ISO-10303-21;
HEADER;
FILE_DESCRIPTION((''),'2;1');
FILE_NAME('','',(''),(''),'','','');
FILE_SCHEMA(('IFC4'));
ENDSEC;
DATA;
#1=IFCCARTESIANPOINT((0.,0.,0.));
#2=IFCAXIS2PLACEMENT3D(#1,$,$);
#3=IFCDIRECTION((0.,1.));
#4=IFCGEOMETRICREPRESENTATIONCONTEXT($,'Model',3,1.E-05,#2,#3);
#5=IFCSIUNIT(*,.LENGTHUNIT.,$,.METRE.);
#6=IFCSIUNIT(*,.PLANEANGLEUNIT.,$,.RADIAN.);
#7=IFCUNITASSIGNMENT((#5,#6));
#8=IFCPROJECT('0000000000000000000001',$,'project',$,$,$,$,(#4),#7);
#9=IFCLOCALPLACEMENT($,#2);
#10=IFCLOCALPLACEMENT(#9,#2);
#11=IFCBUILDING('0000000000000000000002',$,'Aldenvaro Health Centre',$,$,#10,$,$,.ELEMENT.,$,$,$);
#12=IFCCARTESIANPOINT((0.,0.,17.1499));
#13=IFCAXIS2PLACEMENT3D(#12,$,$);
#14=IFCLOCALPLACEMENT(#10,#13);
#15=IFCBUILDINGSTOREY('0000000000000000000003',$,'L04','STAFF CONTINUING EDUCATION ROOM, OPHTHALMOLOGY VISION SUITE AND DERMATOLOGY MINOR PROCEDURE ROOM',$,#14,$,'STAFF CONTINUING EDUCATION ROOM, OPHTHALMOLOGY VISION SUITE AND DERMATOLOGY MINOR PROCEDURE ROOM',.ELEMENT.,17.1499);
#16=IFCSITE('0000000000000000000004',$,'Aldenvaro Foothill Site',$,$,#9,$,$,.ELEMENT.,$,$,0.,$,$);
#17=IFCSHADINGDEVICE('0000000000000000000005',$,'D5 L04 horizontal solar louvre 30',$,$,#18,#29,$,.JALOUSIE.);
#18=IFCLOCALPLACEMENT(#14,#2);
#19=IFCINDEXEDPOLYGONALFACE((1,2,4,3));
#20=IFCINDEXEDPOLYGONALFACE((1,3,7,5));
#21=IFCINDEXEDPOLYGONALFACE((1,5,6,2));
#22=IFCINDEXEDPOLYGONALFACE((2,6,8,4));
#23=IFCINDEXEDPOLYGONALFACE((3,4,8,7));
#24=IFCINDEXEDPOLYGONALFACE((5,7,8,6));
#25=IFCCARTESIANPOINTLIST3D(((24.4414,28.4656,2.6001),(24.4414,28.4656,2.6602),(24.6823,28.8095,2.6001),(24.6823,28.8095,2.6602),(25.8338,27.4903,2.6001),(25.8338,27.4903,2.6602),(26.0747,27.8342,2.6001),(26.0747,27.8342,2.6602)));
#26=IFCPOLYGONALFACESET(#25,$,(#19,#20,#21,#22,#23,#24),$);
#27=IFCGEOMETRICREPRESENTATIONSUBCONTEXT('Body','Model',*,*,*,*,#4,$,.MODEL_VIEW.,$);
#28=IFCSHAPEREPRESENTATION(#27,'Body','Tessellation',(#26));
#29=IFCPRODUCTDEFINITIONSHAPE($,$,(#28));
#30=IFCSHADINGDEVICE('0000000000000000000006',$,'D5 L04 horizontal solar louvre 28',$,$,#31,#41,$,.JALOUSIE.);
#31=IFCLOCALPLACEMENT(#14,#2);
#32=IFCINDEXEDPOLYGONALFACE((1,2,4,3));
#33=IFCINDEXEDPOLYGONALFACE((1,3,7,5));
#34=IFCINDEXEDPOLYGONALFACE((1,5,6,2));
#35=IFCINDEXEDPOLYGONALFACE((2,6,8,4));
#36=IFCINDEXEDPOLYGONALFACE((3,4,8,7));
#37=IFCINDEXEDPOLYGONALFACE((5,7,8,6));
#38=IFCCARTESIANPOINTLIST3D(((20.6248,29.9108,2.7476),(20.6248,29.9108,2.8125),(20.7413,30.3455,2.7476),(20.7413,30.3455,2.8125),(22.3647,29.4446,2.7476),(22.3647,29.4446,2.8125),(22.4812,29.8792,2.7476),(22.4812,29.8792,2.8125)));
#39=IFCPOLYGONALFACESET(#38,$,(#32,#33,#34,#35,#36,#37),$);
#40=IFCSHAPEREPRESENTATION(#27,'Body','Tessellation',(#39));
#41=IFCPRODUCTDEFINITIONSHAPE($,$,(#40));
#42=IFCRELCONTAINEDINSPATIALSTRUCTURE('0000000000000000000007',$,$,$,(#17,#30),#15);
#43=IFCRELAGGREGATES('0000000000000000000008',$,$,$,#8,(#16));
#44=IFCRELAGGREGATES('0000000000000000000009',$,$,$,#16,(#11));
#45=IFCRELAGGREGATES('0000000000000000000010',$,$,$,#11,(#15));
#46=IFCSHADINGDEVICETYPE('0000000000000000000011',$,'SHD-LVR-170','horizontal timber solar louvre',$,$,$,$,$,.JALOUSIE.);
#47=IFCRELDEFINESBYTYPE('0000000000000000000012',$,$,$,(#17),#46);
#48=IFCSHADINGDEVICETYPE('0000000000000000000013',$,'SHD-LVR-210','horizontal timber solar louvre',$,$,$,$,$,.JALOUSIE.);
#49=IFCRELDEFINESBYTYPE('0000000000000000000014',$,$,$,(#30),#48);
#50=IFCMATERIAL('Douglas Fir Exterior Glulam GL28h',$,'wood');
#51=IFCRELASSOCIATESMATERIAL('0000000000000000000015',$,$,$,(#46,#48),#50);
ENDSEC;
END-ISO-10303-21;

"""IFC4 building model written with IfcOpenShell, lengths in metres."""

from ifc_helpers import new_model, si_unit, direction, frame, origin, origin_2d, place, context, subcontext, project, spatial, rectangle, extrude, material, type_object, element, save


model = new_model("IFC4")

# Units and contexts
model_context = context("Model", 3, precision=1e-05, world=origin(), true_north=direction((0.0, 1.0)))
body_context = subcontext(model_context, "Body", "Model", "MODEL_VIEW")
ifc_project = project(units=[si_unit("LENGTHUNIT", "METRE"), si_unit("PLANEANGLEUNIT", "RADIAN")], contexts=[model_context])

# Site, building, storey
site_placement = place(None, origin())
site = spatial("IfcSite", under=ifc_project, at=site_placement, Name="Aldenvaro Foothill Site", CompositionType="ELEMENT", RefElevation=0.0)
building_placement = place(site_placement, origin())
building = spatial("IfcBuilding", under=site, at=building_placement, Name="Aldenvaro Health Centre", CompositionType="ELEMENT")
storey_placement = place(building_placement, frame((0.0, 0.0, 17.1499)))
storey = spatial("IfcBuildingStorey", under=building, at=storey_placement, Name="L04", Description="STAFF CONTINUING EDUCATION ROOM, OPHTHALMOLOGY VISION SUITE AND DERMATOLOGY MINOR PROCEDURE ROOM", LongName="STAFF CONTINUING EDUCATION ROOM, OPHTHALMOLOGY VISION SUITE AND DERMATOLOGY MINOR PROCEDURE ROOM", CompositionType="ELEMENT", Elevation=17.1499)

# Shading devices
ifc_material_1 = material(Name="Douglas Fir Exterior Glulam GL28h", Category="wood")
shading_device_type_1 = type_object("IfcShadingDeviceType", Name="SHD-LVR-170", Description="horizontal timber solar louvre", PredefinedType="JALOUSIE", material=ifc_material_1)
shading_device_1_placement = place(storey_placement, frame((25.2581, 28.1499, 2.6001), z_axis=(0.0, 0.0, 1.0), x_axis=(0.819068, -0.573697, 0.0)))
element("IfcShadingDevice", 1, at=shading_device_1_placement, inside=storey, type_object=shading_device_type_1, Name="D5 L04 horizontal solar louvre 30", PredefinedType="JALOUSIE", context=body_context, shape_type="SweptSolid", body=[
    extrude(rectangle(XDim=1.7, YDim=0.4199, at=origin_2d()), origin(), (0.0, 0.0, 1.0), 0.0601),
])
shading_device_type_2 = type_object("IfcShadingDeviceType", Name="SHD-LVR-210", Description="horizontal timber solar louvre", PredefinedType="JALOUSIE", material=ifc_material_1)
shading_device_2_placement = place(storey_placement, frame((21.553, 29.895, 2.7476), z_axis=(0.0, 0.0, 1.0), x_axis=(0.965919, -0.258844, 0.0)))
element("IfcShadingDevice", 2, at=shading_device_2_placement, inside=storey, type_object=shading_device_type_2, Name="D5 L04 horizontal solar louvre 28", PredefinedType="JALOUSIE", context=body_context, shape_type="SweptSolid", body=[
    extrude(rectangle(XDim=1.8013, YDim=0.45, at=origin_2d()), origin(), (0.0, 0.0, 1.0), 0.0649),
])

save(model, "model.ifc")
